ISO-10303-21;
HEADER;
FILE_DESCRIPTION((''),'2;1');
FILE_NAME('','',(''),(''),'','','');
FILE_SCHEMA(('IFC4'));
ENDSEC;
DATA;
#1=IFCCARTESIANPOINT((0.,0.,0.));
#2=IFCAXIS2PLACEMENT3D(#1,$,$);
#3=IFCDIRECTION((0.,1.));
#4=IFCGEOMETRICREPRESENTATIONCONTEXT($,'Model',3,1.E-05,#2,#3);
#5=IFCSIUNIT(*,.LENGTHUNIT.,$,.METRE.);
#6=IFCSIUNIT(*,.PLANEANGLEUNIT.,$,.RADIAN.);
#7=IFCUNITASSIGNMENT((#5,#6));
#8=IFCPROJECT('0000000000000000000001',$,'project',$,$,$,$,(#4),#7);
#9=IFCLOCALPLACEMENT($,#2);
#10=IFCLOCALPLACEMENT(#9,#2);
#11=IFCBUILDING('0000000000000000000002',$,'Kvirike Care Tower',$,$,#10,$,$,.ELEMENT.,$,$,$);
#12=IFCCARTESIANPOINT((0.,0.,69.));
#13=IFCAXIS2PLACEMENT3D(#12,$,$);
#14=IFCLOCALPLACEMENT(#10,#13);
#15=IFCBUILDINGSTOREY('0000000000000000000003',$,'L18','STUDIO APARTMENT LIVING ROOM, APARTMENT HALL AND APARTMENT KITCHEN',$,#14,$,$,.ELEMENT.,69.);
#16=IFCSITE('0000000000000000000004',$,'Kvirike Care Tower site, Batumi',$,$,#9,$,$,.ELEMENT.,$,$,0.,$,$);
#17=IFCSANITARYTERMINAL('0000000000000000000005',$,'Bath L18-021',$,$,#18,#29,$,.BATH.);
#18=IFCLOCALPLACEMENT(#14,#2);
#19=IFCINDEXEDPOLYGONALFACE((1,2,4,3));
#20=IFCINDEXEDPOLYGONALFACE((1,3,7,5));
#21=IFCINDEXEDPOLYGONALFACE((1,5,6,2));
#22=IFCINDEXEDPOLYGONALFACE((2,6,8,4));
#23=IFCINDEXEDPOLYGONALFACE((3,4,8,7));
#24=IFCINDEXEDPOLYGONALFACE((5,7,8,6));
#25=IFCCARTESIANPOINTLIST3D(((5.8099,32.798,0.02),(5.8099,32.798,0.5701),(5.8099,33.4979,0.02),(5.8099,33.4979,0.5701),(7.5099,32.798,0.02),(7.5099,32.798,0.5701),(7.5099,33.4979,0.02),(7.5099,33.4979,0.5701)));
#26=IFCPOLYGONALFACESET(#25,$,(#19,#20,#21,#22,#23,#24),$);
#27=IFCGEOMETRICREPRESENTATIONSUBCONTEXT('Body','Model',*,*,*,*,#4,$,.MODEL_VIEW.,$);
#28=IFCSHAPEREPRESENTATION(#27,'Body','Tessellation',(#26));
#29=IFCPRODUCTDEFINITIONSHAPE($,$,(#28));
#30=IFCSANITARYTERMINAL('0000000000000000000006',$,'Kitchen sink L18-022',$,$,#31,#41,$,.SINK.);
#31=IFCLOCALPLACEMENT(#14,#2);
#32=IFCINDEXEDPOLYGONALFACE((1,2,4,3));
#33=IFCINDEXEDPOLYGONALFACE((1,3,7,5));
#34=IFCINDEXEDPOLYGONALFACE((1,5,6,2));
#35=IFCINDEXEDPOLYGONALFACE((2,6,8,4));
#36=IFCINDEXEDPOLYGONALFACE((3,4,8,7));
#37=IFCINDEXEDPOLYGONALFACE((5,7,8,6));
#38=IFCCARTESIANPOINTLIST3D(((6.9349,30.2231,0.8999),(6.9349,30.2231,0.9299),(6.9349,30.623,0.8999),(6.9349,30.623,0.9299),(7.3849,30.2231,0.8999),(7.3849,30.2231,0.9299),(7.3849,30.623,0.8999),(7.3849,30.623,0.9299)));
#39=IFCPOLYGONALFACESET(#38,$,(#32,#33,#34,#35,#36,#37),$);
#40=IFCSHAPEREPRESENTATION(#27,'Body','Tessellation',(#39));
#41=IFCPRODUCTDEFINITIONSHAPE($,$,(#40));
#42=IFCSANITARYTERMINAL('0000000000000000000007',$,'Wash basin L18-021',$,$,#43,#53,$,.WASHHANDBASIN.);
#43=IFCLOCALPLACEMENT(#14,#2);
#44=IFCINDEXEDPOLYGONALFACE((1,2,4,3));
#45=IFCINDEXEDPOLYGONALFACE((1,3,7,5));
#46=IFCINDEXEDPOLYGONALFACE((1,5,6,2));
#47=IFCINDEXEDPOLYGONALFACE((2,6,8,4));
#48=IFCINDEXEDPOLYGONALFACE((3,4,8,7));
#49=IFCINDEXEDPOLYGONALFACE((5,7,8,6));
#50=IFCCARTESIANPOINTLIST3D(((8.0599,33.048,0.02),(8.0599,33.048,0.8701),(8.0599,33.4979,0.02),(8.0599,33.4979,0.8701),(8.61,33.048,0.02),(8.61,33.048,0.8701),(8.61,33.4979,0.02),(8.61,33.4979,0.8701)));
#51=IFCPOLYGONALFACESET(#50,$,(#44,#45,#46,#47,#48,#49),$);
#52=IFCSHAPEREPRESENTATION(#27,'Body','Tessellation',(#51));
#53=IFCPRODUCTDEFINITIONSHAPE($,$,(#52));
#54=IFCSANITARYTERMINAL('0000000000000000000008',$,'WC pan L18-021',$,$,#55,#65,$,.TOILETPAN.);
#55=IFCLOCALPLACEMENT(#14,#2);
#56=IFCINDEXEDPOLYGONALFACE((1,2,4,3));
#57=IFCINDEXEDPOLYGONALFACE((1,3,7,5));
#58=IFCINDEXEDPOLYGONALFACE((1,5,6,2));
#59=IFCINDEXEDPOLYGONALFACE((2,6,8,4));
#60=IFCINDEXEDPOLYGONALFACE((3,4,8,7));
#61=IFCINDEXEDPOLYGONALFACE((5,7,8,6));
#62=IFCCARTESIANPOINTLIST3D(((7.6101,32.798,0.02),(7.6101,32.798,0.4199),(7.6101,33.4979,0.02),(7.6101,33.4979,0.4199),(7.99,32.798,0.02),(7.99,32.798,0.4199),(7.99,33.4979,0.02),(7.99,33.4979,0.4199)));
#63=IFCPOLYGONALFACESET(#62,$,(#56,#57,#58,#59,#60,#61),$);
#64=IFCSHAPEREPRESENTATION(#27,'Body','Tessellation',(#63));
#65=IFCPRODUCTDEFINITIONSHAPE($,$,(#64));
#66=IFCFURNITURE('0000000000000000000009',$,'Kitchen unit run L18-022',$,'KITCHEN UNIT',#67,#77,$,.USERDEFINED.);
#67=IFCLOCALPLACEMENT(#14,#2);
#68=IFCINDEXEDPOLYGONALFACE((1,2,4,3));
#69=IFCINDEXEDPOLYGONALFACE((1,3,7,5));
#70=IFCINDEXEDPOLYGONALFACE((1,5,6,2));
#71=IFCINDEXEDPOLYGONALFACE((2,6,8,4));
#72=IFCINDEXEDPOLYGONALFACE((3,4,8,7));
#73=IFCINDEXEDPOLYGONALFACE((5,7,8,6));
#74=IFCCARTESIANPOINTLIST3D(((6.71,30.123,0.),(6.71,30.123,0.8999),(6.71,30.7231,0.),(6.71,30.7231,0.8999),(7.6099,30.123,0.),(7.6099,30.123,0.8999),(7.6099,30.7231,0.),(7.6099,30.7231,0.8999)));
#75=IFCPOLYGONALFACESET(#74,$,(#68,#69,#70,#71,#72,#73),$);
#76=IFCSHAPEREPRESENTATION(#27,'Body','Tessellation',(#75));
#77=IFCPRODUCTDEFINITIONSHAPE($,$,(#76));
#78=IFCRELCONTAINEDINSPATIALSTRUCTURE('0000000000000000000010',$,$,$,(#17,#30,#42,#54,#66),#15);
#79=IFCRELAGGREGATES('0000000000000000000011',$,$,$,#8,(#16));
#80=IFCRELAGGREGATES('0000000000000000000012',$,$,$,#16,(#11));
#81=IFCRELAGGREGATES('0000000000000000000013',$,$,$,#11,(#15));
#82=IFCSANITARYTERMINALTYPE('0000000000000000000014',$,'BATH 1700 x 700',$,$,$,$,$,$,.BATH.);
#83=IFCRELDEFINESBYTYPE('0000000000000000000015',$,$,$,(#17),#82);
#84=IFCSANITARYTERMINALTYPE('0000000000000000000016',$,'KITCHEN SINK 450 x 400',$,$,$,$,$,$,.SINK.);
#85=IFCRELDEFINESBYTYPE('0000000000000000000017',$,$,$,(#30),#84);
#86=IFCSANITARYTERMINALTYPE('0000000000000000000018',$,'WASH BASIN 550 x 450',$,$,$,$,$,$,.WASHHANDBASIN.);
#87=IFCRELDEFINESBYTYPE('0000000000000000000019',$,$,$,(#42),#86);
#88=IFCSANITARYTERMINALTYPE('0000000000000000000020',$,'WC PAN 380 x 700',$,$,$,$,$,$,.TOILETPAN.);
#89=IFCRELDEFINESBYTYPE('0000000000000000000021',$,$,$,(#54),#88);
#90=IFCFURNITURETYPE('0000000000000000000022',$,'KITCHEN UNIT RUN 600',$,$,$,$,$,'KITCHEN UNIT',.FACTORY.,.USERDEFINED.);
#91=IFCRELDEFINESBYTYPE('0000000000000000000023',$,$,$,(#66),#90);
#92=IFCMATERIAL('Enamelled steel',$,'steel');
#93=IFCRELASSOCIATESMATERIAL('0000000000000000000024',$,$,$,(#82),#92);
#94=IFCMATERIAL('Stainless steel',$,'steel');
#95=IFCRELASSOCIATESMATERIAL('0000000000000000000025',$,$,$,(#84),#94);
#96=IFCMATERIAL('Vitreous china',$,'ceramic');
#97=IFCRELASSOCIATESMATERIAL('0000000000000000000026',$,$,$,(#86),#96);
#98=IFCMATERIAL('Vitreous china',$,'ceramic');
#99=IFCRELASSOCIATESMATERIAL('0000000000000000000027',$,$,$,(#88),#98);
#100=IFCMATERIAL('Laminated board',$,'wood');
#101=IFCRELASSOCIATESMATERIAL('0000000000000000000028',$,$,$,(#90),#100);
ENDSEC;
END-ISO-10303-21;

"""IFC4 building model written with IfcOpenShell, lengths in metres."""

from ifc_helpers import new_model, si_unit, direction, frame, origin, origin_2d, place, context, subcontext, project, spatial, rectangle, extrude, material, type_object, element, save


model = new_model("IFC4")

# Units and contexts
model_context = context("Model", 3, precision=1e-05, world=origin(), true_north=direction((0.0, 1.0)))
body_context = subcontext(model_context, "Body", "Model", "MODEL_VIEW")
ifc_project = project(units=[si_unit("LENGTHUNIT", "METRE"), si_unit("PLANEANGLEUNIT", "RADIAN")], contexts=[model_context])

# Site, building, storey
site_placement = place(None, origin())
site = spatial("IfcSite", under=ifc_project, at=site_placement, Name="Kvirike Care Tower site, Batumi", CompositionType="ELEMENT", RefElevation=0.0)
building_placement = place(site_placement, origin())
building = spatial("IfcBuilding", under=site, at=building_placement, Name="Kvirike Care Tower", CompositionType="ELEMENT")
storey_placement = place(building_placement, frame((0.0, 0.0, 69.0)))
storey = spatial("IfcBuildingStorey", under=building, at=storey_placement, Name="L18", Description="STUDIO APARTMENT LIVING ROOM, APARTMENT HALL AND APARTMENT KITCHEN", CompositionType="ELEMENT", Elevation=69.0)

# Sanitary terminals
ifc_material_1 = material(Name="Enamelled steel", Category="steel")
sanitary_terminal_type_1 = type_object("IfcSanitaryTerminalType", Name="BATH 1700 x 700", PredefinedType="BATH", material=ifc_material_1)
sanitary_terminal_1_placement = place(storey_placement, frame((6.6599, 33.1479, 0.02), z_axis=(0.0, 0.0, 1.0), x_axis=(1.0, 0.0, 0.0)))
element("IfcSanitaryTerminal", 1, at=sanitary_terminal_1_placement, inside=storey, type_object=sanitary_terminal_type_1, Name="Bath L18-021", PredefinedType="BATH", context=body_context, shape_type="SweptSolid", body=[
    extrude(rectangle(XDim=1.7, YDim=0.7, at=origin_2d()), origin(), (0.0, 0.0, 1.0), 0.55),
])
ifc_material_2 = material(Name="Stainless steel", Category="steel")
sanitary_terminal_type_2 = type_object("IfcSanitaryTerminalType", Name="KITCHEN SINK 450 x 400", PredefinedType="SINK", material=ifc_material_2)
sanitary_terminal_2_placement = place(storey_placement, frame((7.1599, 30.4231, 0.8999), z_axis=(0.0, 0.0, 1.0), x_axis=(1.0, 0.0, 0.0)))
element("IfcSanitaryTerminal", 2, at=sanitary_terminal_2_placement, inside=storey, type_object=sanitary_terminal_type_2, Name="Kitchen sink L18-022", PredefinedType="SINK", context=body_context, shape_type="SweptSolid", body=[
    extrude(rectangle(XDim=0.45, YDim=0.3999, at=origin_2d()), origin(), (0.0, 0.0, 1.0), 0.03),
])
ifc_material_3 = material(Name="Vitreous china", Category="ceramic")
sanitary_terminal_type_3 = type_object("IfcSanitaryTerminalType", Name="WASH BASIN 550 x 450", PredefinedType="WASHHANDBASIN", material=ifc_material_3)
sanitary_terminal_3_placement = place(storey_placement, frame((8.335, 33.2729, 0.02), z_axis=(0.0, 0.0, 1.0), x_axis=(1.0, 0.0, 0.0)))
element("IfcSanitaryTerminal", 3, at=sanitary_terminal_3_placement, inside=storey, type_object=sanitary_terminal_type_3, Name="Wash basin L18-021", PredefinedType="WASHHANDBASIN", context=body_context, shape_type="SweptSolid", body=[
    extrude(rectangle(XDim=0.55, YDim=0.45, at=origin_2d()), origin(), (0.0, 0.0, 1.0), 0.8501),
])
ifc_material_4 = material(Name="Vitreous china", Category="ceramic")
sanitary_terminal_type_4 = type_object("IfcSanitaryTerminalType", Name="WC PAN 380 x 700", PredefinedType="TOILETPAN", material=ifc_material_4)
sanitary_terminal_4_placement = place(storey_placement, frame((7.8, 33.1479, 0.02), z_axis=(0.0, 0.0, 1.0), x_axis=(1.0, 0.0, 0.0)))
element("IfcSanitaryTerminal", 4, at=sanitary_terminal_4_placement, inside=storey, type_object=sanitary_terminal_type_4, Name="WC pan L18-021", PredefinedType="TOILETPAN", context=body_context, shape_type="SweptSolid", body=[
    extrude(rectangle(XDim=0.3799, YDim=0.7, at=origin_2d()), origin(), (0.0, 0.0, 1.0), 0.3999),
])

# Furniture
ifc_material_5 = material(Name="Laminated board", Category="wood")
furniture_type = type_object("IfcFurnitureType", Name="KITCHEN UNIT RUN 600", ElementType="KITCHEN UNIT", AssemblyPlace="FACTORY", PredefinedType="USERDEFINED", material=ifc_material_5)
furniture_placement = place(storey_placement, frame((7.1599, 30.4231, 0.0), z_axis=(0.0, 0.0, 1.0), x_axis=(1.0, 0.0, 0.0)))
element("IfcFurniture", 5, at=furniture_placement, inside=storey, type_object=furniture_type, Name="Kitchen unit run L18-022", ObjectType="KITCHEN UNIT", PredefinedType="USERDEFINED", context=body_context, shape_type="SweptSolid", body=[
    extrude(rectangle(XDim=0.8999, YDim=0.6001, at=origin_2d()), origin(), (0.0, 0.0, 1.0), 0.8999),
])

save(model, "model.ifc")
